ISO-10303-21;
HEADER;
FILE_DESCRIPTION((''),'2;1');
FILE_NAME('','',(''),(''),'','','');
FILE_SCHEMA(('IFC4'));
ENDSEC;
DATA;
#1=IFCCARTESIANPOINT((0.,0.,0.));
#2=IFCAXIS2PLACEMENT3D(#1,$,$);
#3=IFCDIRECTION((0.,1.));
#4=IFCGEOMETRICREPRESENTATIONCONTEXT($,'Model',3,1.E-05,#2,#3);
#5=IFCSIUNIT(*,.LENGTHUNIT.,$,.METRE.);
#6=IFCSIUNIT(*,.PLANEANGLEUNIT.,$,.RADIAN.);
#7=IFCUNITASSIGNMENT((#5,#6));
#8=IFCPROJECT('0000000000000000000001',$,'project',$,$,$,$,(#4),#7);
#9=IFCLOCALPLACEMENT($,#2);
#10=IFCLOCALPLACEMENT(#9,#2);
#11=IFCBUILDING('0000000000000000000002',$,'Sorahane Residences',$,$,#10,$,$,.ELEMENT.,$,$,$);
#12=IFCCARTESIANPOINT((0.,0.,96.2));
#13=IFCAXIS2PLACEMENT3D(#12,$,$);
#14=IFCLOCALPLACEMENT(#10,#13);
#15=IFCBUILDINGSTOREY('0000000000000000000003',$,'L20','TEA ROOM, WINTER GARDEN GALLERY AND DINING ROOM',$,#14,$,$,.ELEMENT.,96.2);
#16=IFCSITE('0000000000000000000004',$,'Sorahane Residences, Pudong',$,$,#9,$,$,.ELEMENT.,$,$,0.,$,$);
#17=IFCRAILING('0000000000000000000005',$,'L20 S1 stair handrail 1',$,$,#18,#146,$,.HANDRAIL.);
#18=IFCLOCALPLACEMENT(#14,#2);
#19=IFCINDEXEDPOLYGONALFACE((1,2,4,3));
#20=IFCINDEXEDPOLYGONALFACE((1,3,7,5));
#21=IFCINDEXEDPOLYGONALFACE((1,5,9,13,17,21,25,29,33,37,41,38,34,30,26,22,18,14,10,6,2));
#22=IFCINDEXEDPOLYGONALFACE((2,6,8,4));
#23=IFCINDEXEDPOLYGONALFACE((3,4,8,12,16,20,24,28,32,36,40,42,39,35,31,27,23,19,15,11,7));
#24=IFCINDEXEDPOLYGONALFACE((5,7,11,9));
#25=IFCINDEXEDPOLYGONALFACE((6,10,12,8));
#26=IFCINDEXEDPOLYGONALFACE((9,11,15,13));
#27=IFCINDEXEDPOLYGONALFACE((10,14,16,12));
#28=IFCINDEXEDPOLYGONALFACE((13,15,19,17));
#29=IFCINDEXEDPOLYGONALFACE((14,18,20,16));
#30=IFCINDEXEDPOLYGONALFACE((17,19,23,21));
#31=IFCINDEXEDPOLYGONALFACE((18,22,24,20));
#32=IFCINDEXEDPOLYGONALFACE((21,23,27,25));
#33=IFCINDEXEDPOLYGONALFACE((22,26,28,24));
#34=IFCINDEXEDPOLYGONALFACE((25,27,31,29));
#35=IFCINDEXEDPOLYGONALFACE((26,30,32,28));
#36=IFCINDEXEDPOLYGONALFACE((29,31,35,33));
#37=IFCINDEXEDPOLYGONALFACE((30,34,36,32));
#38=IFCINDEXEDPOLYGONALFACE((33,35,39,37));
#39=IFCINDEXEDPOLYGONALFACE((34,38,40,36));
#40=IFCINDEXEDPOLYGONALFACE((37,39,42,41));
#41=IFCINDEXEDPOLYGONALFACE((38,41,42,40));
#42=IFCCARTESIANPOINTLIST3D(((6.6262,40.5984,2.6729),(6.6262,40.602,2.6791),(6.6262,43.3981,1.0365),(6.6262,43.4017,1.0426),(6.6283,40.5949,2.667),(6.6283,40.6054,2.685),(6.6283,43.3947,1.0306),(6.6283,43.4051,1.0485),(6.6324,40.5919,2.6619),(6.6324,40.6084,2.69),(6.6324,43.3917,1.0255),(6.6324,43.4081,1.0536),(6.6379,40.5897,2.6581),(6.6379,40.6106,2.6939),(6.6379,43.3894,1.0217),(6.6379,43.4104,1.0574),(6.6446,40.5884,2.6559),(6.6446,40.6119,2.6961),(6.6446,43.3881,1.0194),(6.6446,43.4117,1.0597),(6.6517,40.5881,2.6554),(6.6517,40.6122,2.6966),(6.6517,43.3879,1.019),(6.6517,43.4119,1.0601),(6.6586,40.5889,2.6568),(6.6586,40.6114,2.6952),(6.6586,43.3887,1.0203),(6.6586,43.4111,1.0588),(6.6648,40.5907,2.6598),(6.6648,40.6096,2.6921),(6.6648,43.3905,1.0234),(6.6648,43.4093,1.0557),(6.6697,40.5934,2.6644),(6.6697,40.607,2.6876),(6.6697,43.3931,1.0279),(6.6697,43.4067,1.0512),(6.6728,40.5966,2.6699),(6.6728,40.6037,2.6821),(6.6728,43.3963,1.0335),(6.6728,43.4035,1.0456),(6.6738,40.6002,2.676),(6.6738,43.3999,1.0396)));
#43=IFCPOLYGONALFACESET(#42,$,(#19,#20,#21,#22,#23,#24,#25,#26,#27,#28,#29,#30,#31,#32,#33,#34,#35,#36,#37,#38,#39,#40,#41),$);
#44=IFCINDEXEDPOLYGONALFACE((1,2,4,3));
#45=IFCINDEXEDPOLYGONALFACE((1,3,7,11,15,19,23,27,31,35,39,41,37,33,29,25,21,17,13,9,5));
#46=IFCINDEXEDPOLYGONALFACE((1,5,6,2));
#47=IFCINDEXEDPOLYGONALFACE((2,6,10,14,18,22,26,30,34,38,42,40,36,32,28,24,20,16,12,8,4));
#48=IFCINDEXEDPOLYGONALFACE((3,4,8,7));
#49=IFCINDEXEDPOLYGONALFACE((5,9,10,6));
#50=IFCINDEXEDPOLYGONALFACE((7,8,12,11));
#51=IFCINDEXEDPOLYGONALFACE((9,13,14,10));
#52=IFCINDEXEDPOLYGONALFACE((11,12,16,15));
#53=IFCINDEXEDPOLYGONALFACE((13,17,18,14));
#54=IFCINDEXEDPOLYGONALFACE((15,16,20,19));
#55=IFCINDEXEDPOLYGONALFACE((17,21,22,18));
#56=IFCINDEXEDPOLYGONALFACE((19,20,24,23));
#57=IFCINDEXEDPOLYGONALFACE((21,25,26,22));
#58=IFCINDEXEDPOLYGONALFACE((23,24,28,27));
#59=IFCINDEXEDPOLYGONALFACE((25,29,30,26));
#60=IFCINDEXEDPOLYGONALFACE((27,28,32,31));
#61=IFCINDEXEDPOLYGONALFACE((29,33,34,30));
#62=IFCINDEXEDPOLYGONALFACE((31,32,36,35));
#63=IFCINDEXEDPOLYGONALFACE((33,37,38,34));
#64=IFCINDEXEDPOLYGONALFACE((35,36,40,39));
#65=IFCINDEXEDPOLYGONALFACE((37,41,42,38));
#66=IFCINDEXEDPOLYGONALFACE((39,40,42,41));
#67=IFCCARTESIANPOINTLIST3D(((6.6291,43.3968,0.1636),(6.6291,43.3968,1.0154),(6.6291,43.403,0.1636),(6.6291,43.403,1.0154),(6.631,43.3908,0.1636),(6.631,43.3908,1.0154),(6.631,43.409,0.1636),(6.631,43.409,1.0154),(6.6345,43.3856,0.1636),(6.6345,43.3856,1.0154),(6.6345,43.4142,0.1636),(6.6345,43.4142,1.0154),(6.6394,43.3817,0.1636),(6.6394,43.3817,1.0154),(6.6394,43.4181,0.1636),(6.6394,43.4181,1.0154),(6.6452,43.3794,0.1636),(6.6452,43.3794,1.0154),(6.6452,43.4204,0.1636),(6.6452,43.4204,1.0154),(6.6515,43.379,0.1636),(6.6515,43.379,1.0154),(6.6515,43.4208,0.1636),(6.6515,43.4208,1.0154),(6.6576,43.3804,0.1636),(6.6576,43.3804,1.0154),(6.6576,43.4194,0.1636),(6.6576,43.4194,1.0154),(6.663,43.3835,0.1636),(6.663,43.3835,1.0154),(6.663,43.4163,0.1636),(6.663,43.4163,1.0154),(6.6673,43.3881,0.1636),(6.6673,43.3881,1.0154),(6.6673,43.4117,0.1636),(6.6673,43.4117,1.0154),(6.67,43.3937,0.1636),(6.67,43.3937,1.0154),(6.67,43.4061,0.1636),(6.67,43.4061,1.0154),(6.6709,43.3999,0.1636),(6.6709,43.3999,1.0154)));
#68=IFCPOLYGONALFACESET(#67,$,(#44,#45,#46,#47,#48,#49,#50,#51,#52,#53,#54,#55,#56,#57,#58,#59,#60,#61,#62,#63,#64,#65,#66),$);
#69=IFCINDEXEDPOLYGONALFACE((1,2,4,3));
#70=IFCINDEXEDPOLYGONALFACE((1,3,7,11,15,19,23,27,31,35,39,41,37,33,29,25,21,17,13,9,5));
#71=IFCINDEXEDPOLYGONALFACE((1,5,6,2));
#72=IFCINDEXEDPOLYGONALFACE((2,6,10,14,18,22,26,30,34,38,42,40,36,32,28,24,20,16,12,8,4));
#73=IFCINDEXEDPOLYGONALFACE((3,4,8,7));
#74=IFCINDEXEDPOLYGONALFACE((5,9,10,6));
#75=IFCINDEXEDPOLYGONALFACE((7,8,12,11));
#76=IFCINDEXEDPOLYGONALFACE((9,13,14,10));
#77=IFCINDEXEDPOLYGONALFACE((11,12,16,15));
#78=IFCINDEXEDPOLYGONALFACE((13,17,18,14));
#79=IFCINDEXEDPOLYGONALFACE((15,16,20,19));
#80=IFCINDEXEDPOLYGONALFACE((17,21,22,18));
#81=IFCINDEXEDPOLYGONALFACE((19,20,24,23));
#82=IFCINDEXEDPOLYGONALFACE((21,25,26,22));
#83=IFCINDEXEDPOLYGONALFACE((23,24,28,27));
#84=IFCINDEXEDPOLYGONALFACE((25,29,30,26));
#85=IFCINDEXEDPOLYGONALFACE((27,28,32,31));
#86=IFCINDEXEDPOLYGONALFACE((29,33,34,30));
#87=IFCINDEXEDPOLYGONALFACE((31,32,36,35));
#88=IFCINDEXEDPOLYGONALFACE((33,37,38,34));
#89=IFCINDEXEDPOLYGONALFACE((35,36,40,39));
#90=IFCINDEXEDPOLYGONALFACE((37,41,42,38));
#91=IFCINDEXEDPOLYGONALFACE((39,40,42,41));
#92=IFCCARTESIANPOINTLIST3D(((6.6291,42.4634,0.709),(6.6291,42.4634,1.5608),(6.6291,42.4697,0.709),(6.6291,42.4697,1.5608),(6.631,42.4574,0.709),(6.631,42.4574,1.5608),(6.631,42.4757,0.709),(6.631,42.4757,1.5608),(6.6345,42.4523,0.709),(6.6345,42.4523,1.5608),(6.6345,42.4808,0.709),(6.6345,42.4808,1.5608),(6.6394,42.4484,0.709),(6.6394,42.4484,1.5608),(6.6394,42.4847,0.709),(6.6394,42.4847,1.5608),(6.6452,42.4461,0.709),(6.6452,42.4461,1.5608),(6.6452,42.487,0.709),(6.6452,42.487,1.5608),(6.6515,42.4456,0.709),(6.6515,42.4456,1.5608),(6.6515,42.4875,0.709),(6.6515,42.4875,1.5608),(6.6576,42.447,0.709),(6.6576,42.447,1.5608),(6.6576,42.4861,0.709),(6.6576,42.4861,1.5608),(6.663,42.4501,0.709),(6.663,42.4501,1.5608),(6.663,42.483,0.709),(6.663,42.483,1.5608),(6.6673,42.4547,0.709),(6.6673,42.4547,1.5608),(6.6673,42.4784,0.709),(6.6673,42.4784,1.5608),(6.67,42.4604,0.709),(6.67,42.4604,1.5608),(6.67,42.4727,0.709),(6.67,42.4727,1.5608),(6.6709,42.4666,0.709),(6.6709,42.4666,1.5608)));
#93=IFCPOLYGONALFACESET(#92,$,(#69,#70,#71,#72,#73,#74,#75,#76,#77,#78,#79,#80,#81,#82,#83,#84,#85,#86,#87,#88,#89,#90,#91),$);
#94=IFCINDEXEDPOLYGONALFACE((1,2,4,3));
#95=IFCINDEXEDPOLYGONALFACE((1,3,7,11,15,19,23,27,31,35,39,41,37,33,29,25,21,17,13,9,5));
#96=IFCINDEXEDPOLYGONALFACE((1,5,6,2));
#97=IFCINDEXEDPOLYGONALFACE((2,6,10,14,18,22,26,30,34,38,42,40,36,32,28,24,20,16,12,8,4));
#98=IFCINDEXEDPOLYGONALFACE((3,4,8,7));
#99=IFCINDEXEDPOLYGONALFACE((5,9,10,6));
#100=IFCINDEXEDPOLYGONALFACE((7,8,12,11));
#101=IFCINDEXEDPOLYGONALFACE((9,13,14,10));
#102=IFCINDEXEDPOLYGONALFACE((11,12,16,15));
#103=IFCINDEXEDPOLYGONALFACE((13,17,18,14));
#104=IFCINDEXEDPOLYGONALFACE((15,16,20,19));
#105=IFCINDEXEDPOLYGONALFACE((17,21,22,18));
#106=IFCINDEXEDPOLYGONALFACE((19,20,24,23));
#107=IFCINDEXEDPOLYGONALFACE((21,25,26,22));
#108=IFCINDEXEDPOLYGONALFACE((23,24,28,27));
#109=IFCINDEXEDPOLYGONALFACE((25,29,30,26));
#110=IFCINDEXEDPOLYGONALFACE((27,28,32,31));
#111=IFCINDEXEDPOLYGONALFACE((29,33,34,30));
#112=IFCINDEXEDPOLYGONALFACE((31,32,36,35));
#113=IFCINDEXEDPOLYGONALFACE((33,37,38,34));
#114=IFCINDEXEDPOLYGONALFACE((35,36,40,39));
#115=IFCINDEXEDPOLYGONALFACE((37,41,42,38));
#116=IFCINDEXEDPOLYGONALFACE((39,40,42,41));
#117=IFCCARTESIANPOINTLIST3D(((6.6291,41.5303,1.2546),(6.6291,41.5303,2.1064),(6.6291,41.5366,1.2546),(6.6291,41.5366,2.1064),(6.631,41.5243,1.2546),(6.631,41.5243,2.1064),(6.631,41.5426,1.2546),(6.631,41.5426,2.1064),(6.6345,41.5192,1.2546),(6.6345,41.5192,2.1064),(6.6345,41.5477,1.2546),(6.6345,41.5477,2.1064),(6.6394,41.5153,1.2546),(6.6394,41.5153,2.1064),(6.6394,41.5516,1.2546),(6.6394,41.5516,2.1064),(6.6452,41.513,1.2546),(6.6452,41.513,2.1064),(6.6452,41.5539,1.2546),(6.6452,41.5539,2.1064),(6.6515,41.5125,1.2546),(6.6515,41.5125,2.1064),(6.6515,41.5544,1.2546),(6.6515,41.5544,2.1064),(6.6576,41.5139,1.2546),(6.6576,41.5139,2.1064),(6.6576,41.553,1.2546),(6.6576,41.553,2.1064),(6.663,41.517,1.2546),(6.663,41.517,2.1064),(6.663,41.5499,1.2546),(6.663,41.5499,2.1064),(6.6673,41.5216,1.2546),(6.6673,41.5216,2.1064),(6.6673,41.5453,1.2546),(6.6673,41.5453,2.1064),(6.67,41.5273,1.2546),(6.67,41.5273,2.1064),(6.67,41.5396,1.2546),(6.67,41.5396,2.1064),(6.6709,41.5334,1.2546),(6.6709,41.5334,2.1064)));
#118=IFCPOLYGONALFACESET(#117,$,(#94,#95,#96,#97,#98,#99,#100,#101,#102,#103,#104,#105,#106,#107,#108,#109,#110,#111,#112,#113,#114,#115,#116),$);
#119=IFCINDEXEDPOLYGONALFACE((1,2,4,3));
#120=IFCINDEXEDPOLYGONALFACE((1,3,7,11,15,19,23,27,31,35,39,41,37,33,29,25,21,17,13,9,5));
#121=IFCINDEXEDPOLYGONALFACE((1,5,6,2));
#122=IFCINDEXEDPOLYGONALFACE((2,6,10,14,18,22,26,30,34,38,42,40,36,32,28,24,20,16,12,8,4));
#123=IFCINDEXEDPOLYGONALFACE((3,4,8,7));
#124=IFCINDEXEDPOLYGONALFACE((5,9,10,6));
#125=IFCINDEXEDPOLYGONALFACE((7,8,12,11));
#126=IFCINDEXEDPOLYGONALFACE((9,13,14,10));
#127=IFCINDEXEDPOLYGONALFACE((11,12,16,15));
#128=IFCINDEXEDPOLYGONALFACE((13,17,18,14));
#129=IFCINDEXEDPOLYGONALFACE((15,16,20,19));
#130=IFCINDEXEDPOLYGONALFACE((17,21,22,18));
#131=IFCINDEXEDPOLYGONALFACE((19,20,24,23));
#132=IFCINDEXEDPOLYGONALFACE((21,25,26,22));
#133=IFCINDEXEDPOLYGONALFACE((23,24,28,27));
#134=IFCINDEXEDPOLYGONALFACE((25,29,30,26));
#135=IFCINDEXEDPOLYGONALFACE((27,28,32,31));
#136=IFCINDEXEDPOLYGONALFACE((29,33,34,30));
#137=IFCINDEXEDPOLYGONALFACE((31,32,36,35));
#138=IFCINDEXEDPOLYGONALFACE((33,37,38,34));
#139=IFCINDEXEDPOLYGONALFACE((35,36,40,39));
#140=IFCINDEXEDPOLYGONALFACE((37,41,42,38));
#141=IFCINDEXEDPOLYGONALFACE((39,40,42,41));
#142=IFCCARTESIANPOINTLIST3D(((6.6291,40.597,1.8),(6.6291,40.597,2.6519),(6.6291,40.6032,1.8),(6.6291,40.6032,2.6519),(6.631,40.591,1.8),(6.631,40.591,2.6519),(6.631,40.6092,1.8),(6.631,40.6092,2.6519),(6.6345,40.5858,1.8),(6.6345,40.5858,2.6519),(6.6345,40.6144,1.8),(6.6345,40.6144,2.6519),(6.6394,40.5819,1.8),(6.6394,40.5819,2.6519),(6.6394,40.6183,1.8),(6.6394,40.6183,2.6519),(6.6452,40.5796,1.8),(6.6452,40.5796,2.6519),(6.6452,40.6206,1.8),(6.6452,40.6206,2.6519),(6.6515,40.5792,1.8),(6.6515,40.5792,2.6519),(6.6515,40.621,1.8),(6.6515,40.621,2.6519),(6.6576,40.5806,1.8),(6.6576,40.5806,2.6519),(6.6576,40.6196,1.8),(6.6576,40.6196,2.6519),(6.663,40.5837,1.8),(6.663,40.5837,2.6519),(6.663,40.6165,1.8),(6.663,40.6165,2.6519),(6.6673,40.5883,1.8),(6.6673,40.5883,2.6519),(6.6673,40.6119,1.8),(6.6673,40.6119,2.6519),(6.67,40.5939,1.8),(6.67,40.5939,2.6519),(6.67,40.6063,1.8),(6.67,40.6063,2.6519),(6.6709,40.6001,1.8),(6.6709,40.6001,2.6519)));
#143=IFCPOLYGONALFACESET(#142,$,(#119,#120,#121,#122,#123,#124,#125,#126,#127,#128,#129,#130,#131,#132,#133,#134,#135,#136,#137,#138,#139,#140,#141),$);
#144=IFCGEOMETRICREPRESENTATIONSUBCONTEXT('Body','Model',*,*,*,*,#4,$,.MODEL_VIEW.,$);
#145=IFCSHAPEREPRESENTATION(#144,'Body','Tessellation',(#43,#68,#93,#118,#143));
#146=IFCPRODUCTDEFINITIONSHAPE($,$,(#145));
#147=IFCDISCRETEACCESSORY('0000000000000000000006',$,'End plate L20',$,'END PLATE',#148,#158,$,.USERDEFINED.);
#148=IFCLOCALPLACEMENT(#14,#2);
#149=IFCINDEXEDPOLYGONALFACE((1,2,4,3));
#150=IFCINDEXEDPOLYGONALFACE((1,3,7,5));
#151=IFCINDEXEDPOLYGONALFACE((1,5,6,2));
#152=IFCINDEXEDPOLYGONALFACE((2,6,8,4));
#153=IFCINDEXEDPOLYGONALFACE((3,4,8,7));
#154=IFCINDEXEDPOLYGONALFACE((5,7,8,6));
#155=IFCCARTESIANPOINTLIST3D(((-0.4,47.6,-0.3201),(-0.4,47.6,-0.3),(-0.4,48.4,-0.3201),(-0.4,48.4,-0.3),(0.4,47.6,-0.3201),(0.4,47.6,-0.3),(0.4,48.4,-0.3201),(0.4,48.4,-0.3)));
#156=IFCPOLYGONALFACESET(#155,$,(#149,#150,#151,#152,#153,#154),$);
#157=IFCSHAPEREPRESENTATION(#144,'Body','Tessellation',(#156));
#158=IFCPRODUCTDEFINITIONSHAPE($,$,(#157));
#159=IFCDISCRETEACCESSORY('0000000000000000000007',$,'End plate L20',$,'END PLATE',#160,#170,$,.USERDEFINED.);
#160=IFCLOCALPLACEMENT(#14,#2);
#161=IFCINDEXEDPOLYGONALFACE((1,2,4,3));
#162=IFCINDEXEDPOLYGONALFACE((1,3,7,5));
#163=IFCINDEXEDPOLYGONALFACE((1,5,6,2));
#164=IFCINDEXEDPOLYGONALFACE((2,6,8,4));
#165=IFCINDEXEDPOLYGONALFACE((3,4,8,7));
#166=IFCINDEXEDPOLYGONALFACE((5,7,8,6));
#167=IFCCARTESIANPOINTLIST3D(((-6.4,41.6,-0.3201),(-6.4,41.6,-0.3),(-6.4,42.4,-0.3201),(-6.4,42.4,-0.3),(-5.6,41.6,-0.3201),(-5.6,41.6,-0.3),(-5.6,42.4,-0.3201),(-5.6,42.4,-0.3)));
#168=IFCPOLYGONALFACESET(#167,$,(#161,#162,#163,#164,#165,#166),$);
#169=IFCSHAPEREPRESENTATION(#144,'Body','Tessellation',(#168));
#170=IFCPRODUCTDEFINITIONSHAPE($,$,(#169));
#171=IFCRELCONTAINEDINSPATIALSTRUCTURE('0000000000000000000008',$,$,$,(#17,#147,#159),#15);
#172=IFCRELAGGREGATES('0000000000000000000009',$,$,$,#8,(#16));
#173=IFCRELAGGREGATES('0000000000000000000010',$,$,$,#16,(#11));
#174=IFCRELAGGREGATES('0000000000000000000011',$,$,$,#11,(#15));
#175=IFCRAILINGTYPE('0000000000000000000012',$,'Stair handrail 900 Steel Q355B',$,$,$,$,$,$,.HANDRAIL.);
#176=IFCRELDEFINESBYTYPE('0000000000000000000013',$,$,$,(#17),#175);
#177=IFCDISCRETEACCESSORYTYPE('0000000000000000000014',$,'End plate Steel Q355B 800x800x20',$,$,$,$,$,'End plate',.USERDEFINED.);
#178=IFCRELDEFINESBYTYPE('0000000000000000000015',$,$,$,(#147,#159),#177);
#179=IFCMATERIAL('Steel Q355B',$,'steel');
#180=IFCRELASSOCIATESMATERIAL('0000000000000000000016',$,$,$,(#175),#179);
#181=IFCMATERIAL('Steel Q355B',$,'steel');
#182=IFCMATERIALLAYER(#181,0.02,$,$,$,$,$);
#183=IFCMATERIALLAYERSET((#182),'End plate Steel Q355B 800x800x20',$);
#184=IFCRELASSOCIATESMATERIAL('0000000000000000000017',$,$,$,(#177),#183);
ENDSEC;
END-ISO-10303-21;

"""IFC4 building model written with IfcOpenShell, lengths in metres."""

from ifc_helpers import new_model, si_unit, direction, frame, origin, origin_2d, place, context, subcontext, project, spatial, rectangle, circle, extrude, material, layer, layer_set, type_object, element, save


model = new_model("IFC4")

# Units and contexts
model_context = context("Model", 3, precision=1e-05, world=origin(), true_north=direction((0.0, 1.0)))
body_context = subcontext(model_context, "Body", "Model", "MODEL_VIEW")
ifc_project = project(units=[si_unit("LENGTHUNIT", "METRE"), si_unit("PLANEANGLEUNIT", "RADIAN")], contexts=[model_context])

# Site, building, storey
site_placement = place(None, origin())
site = spatial("IfcSite", under=ifc_project, at=site_placement, Name="Sorahane Residences, Pudong", CompositionType="ELEMENT", RefElevation=0.0)
building_placement = place(site_placement, origin())
building = spatial("IfcBuilding", under=site, at=building_placement, Name="Sorahane Residences", CompositionType="ELEMENT")
storey_placement = place(building_placement, frame((0.0, 0.0, 96.2)))
storey = spatial("IfcBuildingStorey", under=building, at=storey_placement, Name="L20", Description="TEA ROOM, WINTER GARDEN GALLERY AND DINING ROOM", CompositionType="ELEMENT", Elevation=96.2)

# Railing
ifc_material_1 = material(Name="Steel Q355B", Category="steel")
railing_type_1 = type_object("IfcRailingType", Name="Stair handrail 900 Steel Q355B", PredefinedType="HANDRAIL", material=ifc_material_1)
railing_1_placement = place(storey_placement, frame((6.6499, 43.3999, 0.1636)))
element("IfcRailing", 1, at=railing_1_placement, inside=storey, type_object=railing_type_1, Name="L20 S1 stair handrail 1", PredefinedType="HANDRAIL", context=body_context, shape_type="SweptSolid", body=[
    extrude(circle(Radius=0.0239, at=origin_2d()), frame((0.0, 0.0, 0.876), z_axis=(0.0, -0.863342, 0.50462), x_axis=(1.0, 0.0, 0.0)), (0.0, 0.0, 1.0), 3.2429),
    extrude(circle(Radius=0.021, at=origin_2d()), origin(), (0.0, 0.0, 1.0), 0.8518),
    extrude(circle(Radius=0.021, at=origin_2d()), frame((0.0, -0.9333, 0.5454)), (0.0, 0.0, 1.0), 0.8518),
    extrude(circle(Radius=0.021, at=origin_2d()), frame((0.0, -1.8665, 1.0911)), (0.0, 0.0, 1.0), 0.8518),
    extrude(circle(Radius=0.021, at=origin_2d()), frame((0.0, -2.7998, 1.6365)), (0.0, 0.0, 1.0), 0.8518),
])

# Discrete accessories
ifc_material_2 = material(Name="Steel Q355B", Category="steel")
ifc_layer_1 = layer(ifc_material_2, 0.02)
ifc_layer_set_1 = layer_set([ifc_layer_1], Name="End plate Steel Q355B 800x800x20")
discrete_accessory_type = type_object("IfcDiscreteAccessoryType", Name="End plate Steel Q355B 800x800x20", ElementType="End plate", PredefinedType="USERDEFINED", material=ifc_layer_set_1)
for number, where, z_axis, x_axis, name in (
    (2, (0.0, 48.0, -0.3201), (0.0, 0.0, 1.0), (1.0, 0.0, 0.0), "End plate L20"),
    (3, (-6.0, 42.0, -0.3201), (0.0, 0.0, 1.0), (1.0, 0.0, 0.0), "End plate L20"),
):
    element("IfcDiscreteAccessory", number, at=place(storey_placement, frame(where, z_axis=z_axis, x_axis=x_axis)), inside=storey, type_object=discrete_accessory_type, Name=name, ObjectType="END PLATE", PredefinedType="USERDEFINED", context=body_context, shape_type="SweptSolid", body=[
        extrude(rectangle(XDim=0.8, YDim=0.8, at=origin_2d()), origin(), (0.0, 0.0, 1.0), 0.02),
    ])

save(model, "model.ifc")
